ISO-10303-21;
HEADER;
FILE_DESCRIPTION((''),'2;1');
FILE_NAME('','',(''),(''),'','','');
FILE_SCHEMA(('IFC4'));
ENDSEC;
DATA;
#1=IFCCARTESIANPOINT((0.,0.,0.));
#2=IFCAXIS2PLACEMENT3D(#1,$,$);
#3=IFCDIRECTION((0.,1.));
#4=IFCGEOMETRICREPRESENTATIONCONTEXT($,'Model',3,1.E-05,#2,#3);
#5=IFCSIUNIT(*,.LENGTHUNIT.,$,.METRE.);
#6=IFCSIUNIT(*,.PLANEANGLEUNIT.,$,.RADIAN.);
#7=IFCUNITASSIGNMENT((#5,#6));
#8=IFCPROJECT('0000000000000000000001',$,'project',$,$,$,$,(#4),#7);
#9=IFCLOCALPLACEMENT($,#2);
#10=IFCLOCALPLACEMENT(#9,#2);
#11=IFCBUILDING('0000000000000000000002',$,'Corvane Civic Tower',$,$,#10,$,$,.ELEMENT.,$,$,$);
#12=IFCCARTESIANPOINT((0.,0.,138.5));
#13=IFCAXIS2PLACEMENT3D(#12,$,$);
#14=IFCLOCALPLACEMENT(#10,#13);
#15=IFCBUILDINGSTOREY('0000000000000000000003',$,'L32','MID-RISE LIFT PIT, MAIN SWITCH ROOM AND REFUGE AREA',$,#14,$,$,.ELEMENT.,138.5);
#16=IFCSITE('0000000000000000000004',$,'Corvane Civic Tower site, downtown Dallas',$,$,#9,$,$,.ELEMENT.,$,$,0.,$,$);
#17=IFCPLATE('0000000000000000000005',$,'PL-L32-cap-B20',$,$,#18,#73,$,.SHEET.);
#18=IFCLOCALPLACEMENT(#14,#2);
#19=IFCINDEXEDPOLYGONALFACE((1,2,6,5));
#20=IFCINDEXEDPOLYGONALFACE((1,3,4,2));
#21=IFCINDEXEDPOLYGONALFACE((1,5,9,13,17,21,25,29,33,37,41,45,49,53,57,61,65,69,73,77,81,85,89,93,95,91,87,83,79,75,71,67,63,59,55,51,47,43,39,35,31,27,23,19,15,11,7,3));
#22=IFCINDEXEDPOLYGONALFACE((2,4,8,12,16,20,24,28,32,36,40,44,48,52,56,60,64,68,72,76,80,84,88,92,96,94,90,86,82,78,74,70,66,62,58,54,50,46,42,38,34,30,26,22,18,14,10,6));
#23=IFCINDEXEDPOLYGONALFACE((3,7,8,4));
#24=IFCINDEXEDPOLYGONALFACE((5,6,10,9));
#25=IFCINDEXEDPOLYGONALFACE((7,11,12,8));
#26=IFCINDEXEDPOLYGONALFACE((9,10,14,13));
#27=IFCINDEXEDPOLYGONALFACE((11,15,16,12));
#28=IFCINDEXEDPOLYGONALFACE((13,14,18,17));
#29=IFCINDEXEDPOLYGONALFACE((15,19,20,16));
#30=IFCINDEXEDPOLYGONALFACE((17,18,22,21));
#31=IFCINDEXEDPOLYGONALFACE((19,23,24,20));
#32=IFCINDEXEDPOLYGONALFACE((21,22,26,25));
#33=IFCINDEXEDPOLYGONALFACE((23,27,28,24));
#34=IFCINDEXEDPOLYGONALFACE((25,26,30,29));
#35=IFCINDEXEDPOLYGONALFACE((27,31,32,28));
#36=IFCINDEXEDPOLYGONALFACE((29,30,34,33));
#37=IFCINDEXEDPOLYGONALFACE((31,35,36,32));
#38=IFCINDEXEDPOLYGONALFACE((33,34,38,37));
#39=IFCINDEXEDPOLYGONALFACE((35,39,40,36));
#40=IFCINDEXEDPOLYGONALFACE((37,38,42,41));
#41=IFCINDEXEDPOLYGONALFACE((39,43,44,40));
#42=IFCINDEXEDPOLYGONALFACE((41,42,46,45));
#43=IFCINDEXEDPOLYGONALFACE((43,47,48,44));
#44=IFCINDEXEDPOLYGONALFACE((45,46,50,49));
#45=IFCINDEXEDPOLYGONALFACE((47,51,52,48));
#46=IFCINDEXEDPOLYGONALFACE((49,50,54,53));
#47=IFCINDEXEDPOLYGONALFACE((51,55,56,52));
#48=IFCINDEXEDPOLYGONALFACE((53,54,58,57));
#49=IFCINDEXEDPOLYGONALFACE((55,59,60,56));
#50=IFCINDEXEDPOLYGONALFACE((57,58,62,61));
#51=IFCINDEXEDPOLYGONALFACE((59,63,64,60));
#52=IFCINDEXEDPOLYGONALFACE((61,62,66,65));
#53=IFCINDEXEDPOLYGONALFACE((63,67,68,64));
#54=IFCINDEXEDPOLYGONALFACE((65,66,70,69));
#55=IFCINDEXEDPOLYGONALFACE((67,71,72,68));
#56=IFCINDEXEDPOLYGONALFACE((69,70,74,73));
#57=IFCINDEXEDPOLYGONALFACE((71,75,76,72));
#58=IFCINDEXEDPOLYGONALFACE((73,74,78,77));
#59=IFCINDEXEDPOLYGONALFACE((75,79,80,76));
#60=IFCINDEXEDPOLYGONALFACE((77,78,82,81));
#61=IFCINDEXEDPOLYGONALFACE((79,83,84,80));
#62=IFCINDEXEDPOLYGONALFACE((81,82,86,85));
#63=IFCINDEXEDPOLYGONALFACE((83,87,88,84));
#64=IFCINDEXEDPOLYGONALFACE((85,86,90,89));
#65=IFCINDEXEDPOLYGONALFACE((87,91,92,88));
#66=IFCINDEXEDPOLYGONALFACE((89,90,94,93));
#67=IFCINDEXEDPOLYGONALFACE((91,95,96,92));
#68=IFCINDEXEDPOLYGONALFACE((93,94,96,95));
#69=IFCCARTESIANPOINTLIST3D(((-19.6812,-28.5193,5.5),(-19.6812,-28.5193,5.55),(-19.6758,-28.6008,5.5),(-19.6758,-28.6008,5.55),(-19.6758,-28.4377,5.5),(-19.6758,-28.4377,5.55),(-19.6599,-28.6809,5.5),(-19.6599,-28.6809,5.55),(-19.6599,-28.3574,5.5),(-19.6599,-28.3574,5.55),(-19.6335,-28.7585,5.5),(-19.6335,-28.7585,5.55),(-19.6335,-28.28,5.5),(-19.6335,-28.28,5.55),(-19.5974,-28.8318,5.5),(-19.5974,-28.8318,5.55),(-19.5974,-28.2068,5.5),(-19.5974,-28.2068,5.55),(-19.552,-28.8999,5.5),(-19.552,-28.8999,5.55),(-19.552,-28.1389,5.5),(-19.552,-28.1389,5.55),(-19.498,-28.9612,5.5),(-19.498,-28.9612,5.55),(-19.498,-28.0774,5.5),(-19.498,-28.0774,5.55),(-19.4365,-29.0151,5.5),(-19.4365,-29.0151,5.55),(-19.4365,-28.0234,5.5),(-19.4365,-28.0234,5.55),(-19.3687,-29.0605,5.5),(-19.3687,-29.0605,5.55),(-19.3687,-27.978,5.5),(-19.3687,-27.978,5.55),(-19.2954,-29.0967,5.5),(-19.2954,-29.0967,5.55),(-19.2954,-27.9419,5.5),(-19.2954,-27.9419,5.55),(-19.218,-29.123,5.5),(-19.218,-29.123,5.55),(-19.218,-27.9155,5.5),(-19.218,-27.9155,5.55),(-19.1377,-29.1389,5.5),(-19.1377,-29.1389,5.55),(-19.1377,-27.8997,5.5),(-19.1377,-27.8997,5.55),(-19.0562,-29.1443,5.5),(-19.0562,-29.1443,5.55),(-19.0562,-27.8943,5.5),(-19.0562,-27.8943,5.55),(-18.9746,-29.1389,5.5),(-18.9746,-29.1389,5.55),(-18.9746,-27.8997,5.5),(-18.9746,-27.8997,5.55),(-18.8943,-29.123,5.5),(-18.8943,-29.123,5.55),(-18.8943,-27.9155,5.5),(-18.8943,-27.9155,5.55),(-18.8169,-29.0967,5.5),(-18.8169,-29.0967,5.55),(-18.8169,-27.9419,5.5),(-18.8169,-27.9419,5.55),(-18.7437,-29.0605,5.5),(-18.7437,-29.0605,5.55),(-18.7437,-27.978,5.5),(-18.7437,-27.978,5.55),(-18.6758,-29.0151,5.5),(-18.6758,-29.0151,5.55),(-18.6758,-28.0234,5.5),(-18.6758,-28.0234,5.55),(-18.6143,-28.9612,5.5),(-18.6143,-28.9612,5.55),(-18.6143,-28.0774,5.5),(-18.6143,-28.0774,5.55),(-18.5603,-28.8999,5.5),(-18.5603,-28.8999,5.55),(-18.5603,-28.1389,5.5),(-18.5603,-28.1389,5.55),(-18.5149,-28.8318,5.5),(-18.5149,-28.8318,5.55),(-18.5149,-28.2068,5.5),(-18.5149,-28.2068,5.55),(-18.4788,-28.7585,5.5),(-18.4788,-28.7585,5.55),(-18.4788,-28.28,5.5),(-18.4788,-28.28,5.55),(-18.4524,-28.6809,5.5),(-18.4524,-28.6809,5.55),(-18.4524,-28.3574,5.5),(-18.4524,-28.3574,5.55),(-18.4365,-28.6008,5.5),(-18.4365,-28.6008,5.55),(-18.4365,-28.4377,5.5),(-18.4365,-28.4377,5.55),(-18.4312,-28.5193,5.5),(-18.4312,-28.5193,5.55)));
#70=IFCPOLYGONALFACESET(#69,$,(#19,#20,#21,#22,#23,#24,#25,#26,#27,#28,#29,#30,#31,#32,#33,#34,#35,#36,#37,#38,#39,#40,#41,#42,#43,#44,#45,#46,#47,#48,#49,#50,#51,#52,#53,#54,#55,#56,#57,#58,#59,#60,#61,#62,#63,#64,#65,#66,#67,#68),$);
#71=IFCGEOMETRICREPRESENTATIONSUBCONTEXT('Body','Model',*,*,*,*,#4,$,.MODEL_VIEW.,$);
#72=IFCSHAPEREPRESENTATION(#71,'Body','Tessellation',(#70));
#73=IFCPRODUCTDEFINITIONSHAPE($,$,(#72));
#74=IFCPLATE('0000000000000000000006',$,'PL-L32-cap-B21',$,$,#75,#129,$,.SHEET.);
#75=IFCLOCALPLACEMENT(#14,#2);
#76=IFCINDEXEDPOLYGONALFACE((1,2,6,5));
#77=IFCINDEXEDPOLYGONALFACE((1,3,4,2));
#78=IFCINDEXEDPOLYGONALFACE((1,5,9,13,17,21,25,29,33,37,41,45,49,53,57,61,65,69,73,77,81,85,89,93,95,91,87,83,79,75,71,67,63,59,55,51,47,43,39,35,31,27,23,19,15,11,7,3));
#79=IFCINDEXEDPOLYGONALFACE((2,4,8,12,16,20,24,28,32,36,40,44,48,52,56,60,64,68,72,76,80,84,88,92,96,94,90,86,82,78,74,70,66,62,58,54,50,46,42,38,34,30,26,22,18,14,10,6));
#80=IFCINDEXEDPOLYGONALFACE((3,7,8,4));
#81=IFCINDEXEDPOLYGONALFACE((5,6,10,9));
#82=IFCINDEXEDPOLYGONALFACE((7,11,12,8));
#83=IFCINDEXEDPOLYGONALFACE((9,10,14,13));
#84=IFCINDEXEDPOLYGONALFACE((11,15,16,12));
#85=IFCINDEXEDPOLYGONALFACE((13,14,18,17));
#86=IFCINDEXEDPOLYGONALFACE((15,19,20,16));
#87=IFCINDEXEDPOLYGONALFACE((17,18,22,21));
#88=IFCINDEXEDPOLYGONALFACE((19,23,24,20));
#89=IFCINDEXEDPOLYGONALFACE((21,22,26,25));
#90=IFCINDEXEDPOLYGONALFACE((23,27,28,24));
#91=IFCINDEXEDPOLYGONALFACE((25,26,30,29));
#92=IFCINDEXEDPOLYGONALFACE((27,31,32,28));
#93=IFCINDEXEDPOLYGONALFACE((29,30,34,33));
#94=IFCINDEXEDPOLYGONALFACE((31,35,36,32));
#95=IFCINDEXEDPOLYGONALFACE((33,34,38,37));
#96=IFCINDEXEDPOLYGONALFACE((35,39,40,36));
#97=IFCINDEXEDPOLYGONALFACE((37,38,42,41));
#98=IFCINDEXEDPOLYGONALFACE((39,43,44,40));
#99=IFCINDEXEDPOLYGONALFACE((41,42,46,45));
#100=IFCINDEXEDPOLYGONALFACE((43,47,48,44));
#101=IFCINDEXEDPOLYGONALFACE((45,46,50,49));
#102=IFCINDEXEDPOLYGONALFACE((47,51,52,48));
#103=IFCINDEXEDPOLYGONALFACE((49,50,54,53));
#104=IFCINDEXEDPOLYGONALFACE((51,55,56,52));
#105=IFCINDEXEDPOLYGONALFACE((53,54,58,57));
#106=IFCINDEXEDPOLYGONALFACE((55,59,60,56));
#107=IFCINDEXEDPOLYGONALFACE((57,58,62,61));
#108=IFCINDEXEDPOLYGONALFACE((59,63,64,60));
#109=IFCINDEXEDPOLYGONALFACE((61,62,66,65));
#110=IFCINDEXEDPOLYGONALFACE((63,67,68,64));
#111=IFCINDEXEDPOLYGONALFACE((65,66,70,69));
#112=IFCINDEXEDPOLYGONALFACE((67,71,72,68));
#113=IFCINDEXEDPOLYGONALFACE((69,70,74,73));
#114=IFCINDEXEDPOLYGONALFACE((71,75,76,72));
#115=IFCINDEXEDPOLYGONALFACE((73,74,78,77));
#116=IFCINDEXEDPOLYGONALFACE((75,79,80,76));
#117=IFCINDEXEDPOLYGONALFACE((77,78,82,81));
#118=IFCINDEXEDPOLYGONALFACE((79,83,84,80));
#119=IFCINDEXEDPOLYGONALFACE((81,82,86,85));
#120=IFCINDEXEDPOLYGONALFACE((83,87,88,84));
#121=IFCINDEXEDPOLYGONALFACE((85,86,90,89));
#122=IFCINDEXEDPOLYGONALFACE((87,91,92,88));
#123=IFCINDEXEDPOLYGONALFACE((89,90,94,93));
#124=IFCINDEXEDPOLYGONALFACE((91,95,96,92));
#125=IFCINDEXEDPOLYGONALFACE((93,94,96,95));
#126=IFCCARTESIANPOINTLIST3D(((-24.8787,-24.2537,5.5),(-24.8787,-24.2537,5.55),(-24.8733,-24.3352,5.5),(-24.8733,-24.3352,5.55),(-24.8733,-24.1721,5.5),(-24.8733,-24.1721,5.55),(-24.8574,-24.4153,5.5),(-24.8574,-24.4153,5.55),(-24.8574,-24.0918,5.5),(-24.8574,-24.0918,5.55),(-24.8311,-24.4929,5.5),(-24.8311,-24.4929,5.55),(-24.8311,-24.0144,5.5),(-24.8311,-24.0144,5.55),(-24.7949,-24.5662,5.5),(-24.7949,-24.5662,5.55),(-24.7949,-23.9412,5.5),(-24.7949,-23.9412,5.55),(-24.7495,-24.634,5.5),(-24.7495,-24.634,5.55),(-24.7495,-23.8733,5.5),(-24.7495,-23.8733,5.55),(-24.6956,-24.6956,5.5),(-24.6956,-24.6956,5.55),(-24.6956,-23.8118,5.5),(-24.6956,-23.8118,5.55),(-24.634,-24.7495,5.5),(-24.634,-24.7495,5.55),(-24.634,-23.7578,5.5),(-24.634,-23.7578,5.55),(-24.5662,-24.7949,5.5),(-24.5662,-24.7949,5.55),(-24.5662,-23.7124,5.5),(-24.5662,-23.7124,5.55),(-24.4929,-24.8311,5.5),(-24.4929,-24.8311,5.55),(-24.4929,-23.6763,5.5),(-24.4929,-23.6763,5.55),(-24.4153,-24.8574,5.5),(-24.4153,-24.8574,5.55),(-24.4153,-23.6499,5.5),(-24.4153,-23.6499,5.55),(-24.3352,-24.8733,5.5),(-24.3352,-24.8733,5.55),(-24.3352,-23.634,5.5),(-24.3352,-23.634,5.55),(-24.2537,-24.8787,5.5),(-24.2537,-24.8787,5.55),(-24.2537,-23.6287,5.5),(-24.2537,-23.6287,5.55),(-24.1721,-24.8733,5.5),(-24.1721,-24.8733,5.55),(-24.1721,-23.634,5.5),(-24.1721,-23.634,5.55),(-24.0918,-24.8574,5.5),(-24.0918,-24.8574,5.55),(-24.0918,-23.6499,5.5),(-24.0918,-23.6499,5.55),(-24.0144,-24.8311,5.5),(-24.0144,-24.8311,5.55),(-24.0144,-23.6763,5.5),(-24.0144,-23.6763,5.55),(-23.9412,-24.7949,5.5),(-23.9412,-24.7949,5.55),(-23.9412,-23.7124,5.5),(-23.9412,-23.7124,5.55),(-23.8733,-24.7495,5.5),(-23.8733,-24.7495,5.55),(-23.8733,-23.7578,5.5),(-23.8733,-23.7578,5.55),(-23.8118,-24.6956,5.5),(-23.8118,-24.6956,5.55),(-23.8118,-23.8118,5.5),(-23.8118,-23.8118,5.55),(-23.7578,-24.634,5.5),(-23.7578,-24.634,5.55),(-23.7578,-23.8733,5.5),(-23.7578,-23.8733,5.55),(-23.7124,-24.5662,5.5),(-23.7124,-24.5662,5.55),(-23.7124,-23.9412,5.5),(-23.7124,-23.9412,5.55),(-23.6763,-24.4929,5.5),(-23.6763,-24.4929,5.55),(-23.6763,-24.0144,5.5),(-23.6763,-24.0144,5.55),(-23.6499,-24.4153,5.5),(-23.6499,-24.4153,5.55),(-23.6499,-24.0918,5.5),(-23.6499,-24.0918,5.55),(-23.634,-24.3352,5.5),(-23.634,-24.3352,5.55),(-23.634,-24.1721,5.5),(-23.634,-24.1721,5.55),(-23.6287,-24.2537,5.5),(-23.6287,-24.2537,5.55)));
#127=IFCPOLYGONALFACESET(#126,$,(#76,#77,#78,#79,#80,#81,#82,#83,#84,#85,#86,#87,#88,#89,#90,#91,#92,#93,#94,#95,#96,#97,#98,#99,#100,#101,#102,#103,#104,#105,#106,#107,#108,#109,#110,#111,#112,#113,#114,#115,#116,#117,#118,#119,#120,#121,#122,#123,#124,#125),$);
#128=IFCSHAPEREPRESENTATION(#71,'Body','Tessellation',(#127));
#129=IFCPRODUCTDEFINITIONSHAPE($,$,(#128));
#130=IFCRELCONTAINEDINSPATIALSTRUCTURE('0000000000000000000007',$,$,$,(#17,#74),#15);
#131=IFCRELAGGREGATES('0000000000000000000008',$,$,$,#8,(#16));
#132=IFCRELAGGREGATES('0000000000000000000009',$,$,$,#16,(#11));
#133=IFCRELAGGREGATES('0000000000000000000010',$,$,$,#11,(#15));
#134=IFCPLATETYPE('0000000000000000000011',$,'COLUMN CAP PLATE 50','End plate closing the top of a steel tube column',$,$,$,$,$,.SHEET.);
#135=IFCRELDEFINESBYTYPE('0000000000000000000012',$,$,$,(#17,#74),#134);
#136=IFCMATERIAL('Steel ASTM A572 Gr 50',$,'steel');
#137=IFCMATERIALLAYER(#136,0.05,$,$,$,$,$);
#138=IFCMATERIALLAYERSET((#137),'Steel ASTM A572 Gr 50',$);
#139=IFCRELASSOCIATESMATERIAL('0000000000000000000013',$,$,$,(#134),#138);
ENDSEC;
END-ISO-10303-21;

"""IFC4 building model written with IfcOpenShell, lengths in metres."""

from ifc_helpers import new_model, si_unit, direction, frame, origin, place, context, subcontext, project, spatial, polyline, outline, extrude, material, layer, layer_set, type_object, element, save


model = new_model("IFC4")

# Units and contexts
model_context = context("Model", 3, precision=1e-05, world=origin(), true_north=direction((0.0, 1.0)))
body_context = subcontext(model_context, "Body", "Model", "MODEL_VIEW")
ifc_project = project(units=[si_unit("LENGTHUNIT", "METRE"), si_unit("PLANEANGLEUNIT", "RADIAN")], contexts=[model_context])

# Site, building, storey
site_placement = place(None, origin())
site = spatial("IfcSite", under=ifc_project, at=site_placement, Name="Corvane Civic Tower site, downtown Dallas", CompositionType="ELEMENT", RefElevation=0.0)
building_placement = place(site_placement, origin())
building = spatial("IfcBuilding", under=site, at=building_placement, Name="Corvane Civic Tower", CompositionType="ELEMENT")
storey_placement = place(building_placement, frame((0.0, 0.0, 138.5)))
storey = spatial("IfcBuildingStorey", under=building, at=storey_placement, Name="L32", Description="MID-RISE LIFT PIT, MAIN SWITCH ROOM AND REFUGE AREA", CompositionType="ELEMENT", Elevation=138.5)

# Plates
ifc_material_1 = material(Name="Steel ASTM A572 Gr 50", Category="steel")
ifc_layer_1 = layer(ifc_material_1, 0.05)
ifc_layer_set_1 = layer_set([ifc_layer_1], Name="Steel ASTM A572 Gr 50")
plate_type = type_object("IfcPlateType", Name="COLUMN CAP PLATE 50", Description="End plate closing the top of a steel tube column", PredefinedType="SHEET", material=ifc_layer_set_1)
plate_1_placement = place(storey_placement, frame((0.0, 0.0, 5.5)))
element("IfcPlate", 1, at=plate_1_placement, inside=storey, type_object=plate_type, Name="PL-L32-cap-B20", PredefinedType="SHEET", context=body_context, shape_type="SweptSolid", body=[
    extrude(outline(polyline([(-18.4312, -28.5193), (-18.4365, -28.4377), (-18.4524, -28.3574), (-18.4788, -28.28), (-18.5149, -28.2068), (-18.5603, -28.1389), (-18.6143, -28.0774), (-18.6758, -28.0234), (-18.7437, -27.978), (-18.8169, -27.9419), (-18.8943, -27.9155), (-18.9746, -27.8997), (-19.0562, -27.8943), (-19.1377, -27.8997), (-19.218, -27.9155), (-19.2954, -27.9419), (-19.3687, -27.978), (-19.4365, -28.0234), (-19.498, -28.0774), (-19.552, -28.1389), (-19.5974, -28.2068), (-19.6335, -28.28), (-19.6599, -28.3574), (-19.6758, -28.4377), (-19.6812, -28.5193), (-19.6758, -28.6008), (-19.6599, -28.6809), (-19.6335, -28.7585), (-19.5974, -28.8318), (-19.552, -28.8999), (-19.498, -28.9612), (-19.4365, -29.0151), (-19.3687, -29.0605), (-19.2954, -29.0967), (-19.218, -29.123), (-19.1377, -29.1389), (-19.0562, -29.1443), (-18.9746, -29.1389), (-18.8943, -29.123), (-18.8169, -29.0967), (-18.7437, -29.0605), (-18.6758, -29.0151), (-18.6143, -28.9612), (-18.5603, -28.8999), (-18.5149, -28.8318), (-18.4788, -28.7585), (-18.4524, -28.6809), (-18.4365, -28.6008), (-18.4312, -28.5193)])), origin(), (0.0, 0.0, 1.0), 0.05),
])
plate_2_placement = place(storey_placement, frame((0.0, 0.0, 5.5)))
element("IfcPlate", 2, at=plate_2_placement, inside=storey, type_object=plate_type, Name="PL-L32-cap-B21", PredefinedType="SHEET", context=body_context, shape_type="SweptSolid", body=[
    extrude(outline(polyline([(-23.6287, -24.2537), (-23.634, -24.1721), (-23.6499, -24.0918), (-23.6763, -24.0144), (-23.7124, -23.9412), (-23.7578, -23.8733), (-23.8118, -23.8118), (-23.8733, -23.7578), (-23.9412, -23.7124), (-24.0144, -23.6763), (-24.0918, -23.6499), (-24.1721, -23.634), (-24.2537, -23.6287), (-24.3352, -23.634), (-24.4153, -23.6499), (-24.4929, -23.6763), (-24.5662, -23.7124), (-24.634, -23.7578), (-24.6956, -23.8118), (-24.7495, -23.8733), (-24.7949, -23.9412), (-24.8311, -24.0144), (-24.8574, -24.0918), (-24.8733, -24.1721), (-24.8787, -24.2537), (-24.8733, -24.3352), (-24.8574, -24.4153), (-24.8311, -24.4929), (-24.7949, -24.5662), (-24.7495, -24.634), (-24.6956, -24.6956), (-24.634, -24.7495), (-24.5662, -24.7949), (-24.4929, -24.8311), (-24.4153, -24.8574), (-24.3352, -24.8733), (-24.2537, -24.8787), (-24.1721, -24.8733), (-24.0918, -24.8574), (-24.0144, -24.8311), (-23.9412, -24.7949), (-23.8733, -24.7495), (-23.8118, -24.6956), (-23.7578, -24.634), (-23.7124, -24.5662), (-23.6763, -24.4929), (-23.6499, -24.4153), (-23.634, -24.3352), (-23.6287, -24.2537)])), origin(), (0.0, 0.0, 1.0), 0.05),
])

save(model, "model.ifc")
